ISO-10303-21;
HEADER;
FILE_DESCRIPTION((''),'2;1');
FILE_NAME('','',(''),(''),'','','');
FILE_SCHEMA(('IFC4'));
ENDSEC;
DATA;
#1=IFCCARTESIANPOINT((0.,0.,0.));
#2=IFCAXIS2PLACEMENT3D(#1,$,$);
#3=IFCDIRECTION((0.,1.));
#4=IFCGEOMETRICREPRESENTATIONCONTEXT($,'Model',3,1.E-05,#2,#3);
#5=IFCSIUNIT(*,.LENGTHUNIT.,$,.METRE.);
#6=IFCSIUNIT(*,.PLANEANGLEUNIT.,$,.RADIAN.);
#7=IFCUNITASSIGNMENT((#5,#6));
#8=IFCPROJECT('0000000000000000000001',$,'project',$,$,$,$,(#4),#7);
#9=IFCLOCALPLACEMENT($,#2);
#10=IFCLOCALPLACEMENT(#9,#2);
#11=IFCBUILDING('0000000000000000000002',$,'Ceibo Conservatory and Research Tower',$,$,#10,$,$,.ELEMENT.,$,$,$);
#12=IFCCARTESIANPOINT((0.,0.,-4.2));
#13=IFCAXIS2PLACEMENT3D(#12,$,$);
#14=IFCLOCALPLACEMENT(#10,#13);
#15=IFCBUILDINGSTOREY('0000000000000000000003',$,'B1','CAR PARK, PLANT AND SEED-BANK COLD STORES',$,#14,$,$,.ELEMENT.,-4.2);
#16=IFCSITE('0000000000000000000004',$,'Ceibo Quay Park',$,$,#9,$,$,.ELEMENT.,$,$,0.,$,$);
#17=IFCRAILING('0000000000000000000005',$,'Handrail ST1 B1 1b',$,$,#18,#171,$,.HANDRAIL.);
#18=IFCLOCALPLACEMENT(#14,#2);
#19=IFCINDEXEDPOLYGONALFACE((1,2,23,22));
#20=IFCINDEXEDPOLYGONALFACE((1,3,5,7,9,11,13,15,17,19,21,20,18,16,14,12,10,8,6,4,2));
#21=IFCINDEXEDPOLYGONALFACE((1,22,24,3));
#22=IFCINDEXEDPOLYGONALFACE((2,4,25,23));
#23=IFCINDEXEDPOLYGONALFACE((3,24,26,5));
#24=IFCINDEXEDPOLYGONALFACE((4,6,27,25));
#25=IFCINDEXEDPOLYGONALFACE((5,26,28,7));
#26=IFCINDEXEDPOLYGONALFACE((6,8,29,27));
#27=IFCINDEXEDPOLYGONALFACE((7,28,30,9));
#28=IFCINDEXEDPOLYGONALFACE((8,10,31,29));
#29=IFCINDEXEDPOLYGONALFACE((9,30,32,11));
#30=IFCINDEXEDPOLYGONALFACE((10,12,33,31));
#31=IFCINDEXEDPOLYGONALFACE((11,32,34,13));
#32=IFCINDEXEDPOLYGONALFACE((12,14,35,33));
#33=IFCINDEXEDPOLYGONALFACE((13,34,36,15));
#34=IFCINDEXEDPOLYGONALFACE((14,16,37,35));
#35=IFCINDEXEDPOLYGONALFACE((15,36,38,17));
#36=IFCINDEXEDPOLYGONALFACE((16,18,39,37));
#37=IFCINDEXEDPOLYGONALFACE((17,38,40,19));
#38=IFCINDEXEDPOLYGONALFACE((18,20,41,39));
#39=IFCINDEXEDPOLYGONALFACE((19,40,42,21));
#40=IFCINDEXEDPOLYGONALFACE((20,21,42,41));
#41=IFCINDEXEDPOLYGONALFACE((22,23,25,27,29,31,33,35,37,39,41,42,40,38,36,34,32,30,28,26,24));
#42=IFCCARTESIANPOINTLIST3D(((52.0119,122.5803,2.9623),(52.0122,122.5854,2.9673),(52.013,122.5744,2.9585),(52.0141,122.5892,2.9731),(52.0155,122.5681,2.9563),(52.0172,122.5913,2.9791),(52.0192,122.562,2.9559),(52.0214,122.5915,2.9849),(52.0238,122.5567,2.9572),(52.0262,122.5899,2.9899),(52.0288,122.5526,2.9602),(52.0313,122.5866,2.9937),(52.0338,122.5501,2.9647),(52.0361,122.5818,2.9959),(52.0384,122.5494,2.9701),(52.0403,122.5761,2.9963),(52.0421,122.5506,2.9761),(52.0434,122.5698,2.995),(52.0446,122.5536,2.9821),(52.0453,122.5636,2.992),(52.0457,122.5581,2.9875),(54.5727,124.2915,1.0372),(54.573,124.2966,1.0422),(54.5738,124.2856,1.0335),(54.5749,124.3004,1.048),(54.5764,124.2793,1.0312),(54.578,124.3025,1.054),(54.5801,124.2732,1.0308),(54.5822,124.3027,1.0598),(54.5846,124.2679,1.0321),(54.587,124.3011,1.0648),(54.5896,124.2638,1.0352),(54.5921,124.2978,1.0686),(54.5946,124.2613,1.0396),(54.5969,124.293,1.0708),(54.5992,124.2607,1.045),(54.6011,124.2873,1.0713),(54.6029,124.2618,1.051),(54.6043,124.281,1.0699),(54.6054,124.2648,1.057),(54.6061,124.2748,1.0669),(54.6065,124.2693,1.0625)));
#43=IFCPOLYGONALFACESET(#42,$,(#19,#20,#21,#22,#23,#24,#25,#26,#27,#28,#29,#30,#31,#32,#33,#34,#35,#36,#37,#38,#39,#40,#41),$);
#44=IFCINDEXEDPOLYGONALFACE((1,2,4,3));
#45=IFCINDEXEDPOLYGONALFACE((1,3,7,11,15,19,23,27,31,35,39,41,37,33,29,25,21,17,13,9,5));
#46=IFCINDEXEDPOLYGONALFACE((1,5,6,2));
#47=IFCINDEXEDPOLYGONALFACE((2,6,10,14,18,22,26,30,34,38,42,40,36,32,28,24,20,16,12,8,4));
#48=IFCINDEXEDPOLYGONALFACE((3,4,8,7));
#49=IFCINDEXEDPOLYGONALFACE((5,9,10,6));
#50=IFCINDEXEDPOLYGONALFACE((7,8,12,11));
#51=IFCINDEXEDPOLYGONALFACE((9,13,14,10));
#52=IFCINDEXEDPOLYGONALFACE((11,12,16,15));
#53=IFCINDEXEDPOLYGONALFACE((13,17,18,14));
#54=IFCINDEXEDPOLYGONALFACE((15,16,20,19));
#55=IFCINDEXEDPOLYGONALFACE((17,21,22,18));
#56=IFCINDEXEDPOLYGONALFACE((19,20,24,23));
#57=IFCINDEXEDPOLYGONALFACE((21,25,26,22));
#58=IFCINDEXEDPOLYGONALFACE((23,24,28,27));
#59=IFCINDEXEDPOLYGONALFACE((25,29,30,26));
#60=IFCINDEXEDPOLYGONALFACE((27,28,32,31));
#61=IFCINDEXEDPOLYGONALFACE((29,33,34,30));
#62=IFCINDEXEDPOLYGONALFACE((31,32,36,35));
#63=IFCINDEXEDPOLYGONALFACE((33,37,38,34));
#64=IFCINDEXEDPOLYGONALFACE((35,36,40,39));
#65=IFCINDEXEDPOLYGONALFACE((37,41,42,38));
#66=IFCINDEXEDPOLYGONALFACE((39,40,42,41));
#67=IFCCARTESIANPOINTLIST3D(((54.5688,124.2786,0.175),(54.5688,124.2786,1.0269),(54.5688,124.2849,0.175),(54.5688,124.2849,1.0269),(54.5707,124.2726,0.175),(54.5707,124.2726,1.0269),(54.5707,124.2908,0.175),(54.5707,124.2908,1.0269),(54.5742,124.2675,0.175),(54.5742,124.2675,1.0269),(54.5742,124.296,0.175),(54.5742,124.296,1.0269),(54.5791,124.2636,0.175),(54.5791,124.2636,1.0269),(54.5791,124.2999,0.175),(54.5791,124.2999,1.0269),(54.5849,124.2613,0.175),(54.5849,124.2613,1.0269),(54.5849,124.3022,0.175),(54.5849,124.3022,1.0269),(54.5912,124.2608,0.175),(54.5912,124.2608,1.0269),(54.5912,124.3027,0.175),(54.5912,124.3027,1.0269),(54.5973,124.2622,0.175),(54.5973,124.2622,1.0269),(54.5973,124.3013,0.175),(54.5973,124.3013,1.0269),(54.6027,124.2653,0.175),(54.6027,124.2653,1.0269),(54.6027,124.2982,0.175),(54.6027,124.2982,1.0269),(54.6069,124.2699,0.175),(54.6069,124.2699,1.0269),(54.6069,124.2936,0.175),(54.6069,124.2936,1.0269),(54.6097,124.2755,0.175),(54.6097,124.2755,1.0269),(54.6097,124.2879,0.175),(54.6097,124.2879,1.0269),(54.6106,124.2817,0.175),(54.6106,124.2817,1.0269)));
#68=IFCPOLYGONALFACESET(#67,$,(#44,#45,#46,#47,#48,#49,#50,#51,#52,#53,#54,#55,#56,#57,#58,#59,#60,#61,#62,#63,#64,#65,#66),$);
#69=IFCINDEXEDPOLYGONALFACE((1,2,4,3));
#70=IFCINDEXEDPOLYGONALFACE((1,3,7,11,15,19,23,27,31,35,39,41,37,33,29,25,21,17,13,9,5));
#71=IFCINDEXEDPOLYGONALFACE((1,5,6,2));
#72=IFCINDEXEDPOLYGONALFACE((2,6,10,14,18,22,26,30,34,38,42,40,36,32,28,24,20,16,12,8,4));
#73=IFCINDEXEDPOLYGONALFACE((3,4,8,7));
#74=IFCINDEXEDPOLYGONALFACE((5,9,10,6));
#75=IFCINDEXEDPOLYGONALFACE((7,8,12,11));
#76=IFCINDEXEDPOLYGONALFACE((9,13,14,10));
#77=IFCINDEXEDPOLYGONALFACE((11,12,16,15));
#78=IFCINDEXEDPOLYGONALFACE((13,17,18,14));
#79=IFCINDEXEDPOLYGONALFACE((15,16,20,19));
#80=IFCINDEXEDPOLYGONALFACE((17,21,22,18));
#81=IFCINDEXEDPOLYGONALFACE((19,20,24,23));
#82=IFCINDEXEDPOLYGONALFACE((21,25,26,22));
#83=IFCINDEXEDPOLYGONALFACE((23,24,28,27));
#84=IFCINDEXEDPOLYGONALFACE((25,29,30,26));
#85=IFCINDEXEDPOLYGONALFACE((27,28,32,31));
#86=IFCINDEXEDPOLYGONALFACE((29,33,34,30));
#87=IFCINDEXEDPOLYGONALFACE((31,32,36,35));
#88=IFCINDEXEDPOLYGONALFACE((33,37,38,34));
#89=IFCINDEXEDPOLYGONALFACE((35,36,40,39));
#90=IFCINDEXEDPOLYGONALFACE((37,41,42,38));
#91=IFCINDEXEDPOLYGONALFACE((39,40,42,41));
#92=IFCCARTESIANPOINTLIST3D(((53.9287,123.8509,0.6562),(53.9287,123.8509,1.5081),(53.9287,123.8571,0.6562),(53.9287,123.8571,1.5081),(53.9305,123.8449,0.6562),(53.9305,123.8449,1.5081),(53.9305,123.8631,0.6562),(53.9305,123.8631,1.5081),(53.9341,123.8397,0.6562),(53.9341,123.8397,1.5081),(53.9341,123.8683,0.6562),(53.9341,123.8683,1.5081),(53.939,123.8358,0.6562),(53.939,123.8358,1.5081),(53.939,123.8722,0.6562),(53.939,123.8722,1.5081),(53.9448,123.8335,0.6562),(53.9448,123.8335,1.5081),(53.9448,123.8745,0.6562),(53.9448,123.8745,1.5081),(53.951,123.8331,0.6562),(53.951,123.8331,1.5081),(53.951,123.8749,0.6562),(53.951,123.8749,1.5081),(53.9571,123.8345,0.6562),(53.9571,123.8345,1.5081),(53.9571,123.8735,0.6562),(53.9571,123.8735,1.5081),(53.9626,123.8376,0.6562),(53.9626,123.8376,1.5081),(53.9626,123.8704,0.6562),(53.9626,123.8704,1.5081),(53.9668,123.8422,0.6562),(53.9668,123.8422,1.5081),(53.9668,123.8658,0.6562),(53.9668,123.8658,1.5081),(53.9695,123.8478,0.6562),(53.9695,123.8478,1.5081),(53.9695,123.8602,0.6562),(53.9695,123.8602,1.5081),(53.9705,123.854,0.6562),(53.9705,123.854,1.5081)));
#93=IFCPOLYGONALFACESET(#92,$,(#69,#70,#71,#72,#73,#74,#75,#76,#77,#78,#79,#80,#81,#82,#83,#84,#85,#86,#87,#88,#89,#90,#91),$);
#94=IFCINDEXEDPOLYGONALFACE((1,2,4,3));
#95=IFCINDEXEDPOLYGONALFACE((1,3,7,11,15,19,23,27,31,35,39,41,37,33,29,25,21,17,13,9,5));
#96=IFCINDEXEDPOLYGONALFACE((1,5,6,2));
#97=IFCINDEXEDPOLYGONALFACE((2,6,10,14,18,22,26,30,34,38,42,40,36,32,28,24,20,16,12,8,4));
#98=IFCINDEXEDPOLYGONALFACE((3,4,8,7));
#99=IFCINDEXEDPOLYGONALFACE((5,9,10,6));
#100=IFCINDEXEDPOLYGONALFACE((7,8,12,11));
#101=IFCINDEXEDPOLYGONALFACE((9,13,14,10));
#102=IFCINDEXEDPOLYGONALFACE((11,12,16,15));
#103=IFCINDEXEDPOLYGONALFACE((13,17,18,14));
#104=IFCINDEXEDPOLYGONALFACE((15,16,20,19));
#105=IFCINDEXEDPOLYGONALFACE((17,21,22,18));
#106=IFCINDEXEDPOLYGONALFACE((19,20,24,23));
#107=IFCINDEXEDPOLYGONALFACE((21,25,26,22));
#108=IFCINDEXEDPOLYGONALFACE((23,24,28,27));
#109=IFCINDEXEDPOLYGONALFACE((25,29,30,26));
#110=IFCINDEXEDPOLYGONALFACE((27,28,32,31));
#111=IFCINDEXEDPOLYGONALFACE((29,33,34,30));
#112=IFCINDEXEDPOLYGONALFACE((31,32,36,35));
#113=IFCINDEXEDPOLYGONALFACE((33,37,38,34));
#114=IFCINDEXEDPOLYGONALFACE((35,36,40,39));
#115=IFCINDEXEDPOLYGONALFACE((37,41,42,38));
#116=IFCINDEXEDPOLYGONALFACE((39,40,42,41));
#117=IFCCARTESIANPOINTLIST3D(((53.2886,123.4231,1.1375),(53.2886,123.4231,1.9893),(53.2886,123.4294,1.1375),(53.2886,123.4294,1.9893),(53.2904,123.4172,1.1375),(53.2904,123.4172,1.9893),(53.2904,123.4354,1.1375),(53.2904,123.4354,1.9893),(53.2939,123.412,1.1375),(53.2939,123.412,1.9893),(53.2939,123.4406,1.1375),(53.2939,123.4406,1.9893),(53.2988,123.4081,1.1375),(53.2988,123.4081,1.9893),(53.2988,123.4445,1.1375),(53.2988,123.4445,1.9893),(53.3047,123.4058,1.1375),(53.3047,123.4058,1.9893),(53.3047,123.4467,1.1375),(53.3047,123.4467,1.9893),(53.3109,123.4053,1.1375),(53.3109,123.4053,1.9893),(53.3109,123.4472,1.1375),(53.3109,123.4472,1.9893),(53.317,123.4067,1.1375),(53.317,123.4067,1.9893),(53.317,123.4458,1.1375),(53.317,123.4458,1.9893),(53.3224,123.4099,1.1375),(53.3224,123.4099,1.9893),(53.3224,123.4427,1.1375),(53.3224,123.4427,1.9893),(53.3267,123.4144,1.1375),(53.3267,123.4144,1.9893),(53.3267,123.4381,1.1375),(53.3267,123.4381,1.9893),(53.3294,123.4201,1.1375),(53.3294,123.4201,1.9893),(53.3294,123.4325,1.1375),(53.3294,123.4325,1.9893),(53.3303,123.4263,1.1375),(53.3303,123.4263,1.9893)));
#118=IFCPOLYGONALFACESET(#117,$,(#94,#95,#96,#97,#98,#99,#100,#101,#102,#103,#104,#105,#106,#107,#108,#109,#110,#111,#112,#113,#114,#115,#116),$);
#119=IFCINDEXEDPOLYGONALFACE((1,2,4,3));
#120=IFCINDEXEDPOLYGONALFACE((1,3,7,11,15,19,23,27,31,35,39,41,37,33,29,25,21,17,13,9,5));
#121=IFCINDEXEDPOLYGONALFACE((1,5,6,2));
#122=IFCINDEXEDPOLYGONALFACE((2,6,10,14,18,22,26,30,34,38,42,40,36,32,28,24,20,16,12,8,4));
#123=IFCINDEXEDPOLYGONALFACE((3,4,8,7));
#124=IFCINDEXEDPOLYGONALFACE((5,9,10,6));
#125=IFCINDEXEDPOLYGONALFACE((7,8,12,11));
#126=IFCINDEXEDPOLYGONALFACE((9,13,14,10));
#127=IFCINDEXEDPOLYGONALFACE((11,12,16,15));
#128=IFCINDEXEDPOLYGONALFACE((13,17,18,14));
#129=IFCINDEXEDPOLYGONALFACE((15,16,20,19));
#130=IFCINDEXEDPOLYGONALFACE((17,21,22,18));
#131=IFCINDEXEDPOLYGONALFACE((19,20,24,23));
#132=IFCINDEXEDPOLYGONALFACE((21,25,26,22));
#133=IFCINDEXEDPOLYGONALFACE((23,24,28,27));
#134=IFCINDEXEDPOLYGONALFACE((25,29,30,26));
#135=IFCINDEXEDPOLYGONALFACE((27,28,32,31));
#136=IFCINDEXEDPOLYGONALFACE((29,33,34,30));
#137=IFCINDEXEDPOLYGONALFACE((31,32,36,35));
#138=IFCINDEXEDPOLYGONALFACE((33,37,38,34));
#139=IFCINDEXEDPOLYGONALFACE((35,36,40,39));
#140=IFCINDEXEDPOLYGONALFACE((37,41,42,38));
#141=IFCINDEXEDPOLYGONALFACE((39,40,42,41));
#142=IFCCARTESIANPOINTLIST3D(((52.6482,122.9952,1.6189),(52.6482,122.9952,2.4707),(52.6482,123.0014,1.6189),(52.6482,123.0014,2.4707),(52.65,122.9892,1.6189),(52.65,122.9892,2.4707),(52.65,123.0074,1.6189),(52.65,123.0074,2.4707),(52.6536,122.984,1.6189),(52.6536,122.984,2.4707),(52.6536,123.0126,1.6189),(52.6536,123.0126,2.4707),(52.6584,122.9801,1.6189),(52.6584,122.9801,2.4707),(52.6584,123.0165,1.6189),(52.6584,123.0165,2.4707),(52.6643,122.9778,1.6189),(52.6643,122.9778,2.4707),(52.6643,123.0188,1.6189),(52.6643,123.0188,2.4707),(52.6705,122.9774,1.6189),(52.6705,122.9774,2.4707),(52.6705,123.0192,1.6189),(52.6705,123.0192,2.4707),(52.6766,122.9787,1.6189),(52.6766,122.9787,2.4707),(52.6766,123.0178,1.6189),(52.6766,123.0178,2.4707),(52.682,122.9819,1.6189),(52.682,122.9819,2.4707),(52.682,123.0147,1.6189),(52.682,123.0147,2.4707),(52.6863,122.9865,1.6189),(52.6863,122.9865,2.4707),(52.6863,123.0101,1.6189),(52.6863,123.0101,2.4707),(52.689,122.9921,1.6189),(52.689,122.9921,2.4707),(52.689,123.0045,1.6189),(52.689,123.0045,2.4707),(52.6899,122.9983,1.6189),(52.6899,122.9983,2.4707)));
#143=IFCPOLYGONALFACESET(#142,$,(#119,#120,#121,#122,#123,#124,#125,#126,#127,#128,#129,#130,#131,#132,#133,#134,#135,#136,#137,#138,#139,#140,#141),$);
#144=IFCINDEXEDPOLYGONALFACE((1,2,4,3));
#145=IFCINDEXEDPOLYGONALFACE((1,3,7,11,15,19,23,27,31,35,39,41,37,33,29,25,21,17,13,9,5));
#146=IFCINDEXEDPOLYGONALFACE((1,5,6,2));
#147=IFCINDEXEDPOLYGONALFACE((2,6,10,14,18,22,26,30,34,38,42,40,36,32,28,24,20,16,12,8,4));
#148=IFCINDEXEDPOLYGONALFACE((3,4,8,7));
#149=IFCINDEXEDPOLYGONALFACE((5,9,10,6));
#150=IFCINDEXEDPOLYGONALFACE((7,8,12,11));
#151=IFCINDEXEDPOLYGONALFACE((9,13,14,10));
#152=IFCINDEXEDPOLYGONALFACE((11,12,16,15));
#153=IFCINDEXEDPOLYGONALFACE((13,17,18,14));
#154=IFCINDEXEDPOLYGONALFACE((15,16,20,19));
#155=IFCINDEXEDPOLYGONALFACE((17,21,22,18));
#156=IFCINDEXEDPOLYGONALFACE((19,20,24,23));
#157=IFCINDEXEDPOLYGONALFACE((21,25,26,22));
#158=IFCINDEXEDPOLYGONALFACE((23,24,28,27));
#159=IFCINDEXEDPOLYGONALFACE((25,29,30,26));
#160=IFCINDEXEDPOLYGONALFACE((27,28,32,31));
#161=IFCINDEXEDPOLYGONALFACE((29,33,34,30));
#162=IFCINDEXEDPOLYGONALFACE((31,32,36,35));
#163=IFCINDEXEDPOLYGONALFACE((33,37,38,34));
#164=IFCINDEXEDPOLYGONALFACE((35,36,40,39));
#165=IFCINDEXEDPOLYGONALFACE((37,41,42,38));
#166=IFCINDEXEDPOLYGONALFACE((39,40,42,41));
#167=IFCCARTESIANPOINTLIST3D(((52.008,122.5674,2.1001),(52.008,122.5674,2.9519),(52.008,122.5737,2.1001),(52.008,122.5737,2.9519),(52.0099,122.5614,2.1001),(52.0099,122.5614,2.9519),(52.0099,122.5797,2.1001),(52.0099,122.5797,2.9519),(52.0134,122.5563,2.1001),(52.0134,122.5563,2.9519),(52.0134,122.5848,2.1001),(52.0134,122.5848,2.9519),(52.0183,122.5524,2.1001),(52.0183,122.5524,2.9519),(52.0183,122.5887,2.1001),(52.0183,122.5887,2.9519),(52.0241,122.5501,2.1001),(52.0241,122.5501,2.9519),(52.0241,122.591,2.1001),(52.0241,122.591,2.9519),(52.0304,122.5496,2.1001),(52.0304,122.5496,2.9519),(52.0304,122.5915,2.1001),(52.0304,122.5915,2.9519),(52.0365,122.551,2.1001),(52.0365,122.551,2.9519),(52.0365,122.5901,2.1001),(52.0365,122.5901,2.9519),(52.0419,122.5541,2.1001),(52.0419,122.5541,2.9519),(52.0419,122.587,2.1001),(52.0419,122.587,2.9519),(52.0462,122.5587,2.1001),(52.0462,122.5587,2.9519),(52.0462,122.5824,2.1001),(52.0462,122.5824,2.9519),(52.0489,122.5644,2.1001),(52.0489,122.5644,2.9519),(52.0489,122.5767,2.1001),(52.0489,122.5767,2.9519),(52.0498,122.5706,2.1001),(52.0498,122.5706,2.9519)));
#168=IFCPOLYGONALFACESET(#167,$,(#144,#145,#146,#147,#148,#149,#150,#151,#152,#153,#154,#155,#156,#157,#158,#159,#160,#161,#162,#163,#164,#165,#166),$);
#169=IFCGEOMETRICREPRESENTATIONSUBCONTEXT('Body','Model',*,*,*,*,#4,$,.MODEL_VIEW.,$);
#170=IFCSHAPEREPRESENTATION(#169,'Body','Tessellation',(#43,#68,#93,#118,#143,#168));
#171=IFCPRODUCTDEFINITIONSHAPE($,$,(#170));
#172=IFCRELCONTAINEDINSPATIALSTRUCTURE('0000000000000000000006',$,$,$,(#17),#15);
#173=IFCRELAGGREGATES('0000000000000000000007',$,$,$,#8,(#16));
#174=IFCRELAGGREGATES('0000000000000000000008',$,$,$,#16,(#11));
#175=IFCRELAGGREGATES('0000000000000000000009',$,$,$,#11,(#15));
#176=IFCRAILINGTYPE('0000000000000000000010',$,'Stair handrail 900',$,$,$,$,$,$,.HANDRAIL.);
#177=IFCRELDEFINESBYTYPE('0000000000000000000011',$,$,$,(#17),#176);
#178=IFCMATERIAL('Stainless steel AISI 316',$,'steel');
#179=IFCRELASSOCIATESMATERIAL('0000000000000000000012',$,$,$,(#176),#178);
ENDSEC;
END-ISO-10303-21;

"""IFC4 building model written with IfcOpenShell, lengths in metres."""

from ifc_helpers import new_model, si_unit, direction, frame, origin, origin_2d, place, context, subcontext, project, spatial, circle, extrude, material, type_object, element, save


model = new_model("IFC4")

# Units and contexts
model_context = context("Model", 3, precision=1e-05, world=origin(), true_north=direction((0.0, 1.0)))
body_context = subcontext(model_context, "Body", "Model", "MODEL_VIEW")
ifc_project = project(units=[si_unit("LENGTHUNIT", "METRE"), si_unit("PLANEANGLEUNIT", "RADIAN")], contexts=[model_context])

# Site, building, storey
site_placement = place(None, origin())
site = spatial("IfcSite", under=ifc_project, at=site_placement, Name="Ceibo Quay Park", CompositionType="ELEMENT", RefElevation=0.0)
building_placement = place(site_placement, origin())
building = spatial("IfcBuilding", under=site, at=building_placement, Name="Ceibo Conservatory and Research Tower", CompositionType="ELEMENT")
storey_placement = place(building_placement, frame((0.0, 0.0, -4.2)))
storey = spatial("IfcBuildingStorey", under=building, at=storey_placement, Name="B1", Description="CAR PARK, PLANT AND SEED-BANK COLD STORES", CompositionType="ELEMENT", Elevation=-4.2)

# Railing
ifc_material_1 = material(Name="Stainless steel AISI 316", Category="steel")
railing_type = type_object("IfcRailingType", Name="Stair handrail 900", PredefinedType="HANDRAIL", material=ifc_material_1)
railing_1_placement = place(storey_placement, frame((54.5896, 124.2817, 0.175)))
element("IfcRailing", 1, at=railing_1_placement, inside=storey, type_object=railing_type, Name="Handrail ST1 B1 1b", PredefinedType="HANDRAIL", context=body_context, shape_type="SweptSolid", body=[
    extrude(circle(Radius=0.0239, at=origin_2d()), frame((0.0, 0.0, 0.876), z_axis=(-0.705059, -0.471137, 0.530021), x_axis=(0.555596, -0.831452, 0.0)), (0.0, 0.0, 1.0), 3.6321),
    extrude(circle(Radius=0.021, at=origin_2d()), origin(), (0.0, 0.0, 1.0), 0.8518),
    extrude(circle(Radius=0.021, at=origin_2d()), frame((-0.6401, -0.4277, 0.4812)), (0.0, 0.0, 1.0), 0.8518),
    extrude(circle(Radius=0.021, at=origin_2d()), frame((-1.2803, -0.8555, 0.9624)), (0.0, 0.0, 1.0), 0.8518),
    extrude(circle(Radius=0.021, at=origin_2d()), frame((-1.9207, -1.2834, 1.4438)), (0.0, 0.0, 1.0), 0.8518),
    extrude(circle(Radius=0.021, at=origin_2d()), frame((-2.5608, -1.7112, 1.925)), (0.0, 0.0, 1.0), 0.8518),
])

save(model, "model.ifc")
